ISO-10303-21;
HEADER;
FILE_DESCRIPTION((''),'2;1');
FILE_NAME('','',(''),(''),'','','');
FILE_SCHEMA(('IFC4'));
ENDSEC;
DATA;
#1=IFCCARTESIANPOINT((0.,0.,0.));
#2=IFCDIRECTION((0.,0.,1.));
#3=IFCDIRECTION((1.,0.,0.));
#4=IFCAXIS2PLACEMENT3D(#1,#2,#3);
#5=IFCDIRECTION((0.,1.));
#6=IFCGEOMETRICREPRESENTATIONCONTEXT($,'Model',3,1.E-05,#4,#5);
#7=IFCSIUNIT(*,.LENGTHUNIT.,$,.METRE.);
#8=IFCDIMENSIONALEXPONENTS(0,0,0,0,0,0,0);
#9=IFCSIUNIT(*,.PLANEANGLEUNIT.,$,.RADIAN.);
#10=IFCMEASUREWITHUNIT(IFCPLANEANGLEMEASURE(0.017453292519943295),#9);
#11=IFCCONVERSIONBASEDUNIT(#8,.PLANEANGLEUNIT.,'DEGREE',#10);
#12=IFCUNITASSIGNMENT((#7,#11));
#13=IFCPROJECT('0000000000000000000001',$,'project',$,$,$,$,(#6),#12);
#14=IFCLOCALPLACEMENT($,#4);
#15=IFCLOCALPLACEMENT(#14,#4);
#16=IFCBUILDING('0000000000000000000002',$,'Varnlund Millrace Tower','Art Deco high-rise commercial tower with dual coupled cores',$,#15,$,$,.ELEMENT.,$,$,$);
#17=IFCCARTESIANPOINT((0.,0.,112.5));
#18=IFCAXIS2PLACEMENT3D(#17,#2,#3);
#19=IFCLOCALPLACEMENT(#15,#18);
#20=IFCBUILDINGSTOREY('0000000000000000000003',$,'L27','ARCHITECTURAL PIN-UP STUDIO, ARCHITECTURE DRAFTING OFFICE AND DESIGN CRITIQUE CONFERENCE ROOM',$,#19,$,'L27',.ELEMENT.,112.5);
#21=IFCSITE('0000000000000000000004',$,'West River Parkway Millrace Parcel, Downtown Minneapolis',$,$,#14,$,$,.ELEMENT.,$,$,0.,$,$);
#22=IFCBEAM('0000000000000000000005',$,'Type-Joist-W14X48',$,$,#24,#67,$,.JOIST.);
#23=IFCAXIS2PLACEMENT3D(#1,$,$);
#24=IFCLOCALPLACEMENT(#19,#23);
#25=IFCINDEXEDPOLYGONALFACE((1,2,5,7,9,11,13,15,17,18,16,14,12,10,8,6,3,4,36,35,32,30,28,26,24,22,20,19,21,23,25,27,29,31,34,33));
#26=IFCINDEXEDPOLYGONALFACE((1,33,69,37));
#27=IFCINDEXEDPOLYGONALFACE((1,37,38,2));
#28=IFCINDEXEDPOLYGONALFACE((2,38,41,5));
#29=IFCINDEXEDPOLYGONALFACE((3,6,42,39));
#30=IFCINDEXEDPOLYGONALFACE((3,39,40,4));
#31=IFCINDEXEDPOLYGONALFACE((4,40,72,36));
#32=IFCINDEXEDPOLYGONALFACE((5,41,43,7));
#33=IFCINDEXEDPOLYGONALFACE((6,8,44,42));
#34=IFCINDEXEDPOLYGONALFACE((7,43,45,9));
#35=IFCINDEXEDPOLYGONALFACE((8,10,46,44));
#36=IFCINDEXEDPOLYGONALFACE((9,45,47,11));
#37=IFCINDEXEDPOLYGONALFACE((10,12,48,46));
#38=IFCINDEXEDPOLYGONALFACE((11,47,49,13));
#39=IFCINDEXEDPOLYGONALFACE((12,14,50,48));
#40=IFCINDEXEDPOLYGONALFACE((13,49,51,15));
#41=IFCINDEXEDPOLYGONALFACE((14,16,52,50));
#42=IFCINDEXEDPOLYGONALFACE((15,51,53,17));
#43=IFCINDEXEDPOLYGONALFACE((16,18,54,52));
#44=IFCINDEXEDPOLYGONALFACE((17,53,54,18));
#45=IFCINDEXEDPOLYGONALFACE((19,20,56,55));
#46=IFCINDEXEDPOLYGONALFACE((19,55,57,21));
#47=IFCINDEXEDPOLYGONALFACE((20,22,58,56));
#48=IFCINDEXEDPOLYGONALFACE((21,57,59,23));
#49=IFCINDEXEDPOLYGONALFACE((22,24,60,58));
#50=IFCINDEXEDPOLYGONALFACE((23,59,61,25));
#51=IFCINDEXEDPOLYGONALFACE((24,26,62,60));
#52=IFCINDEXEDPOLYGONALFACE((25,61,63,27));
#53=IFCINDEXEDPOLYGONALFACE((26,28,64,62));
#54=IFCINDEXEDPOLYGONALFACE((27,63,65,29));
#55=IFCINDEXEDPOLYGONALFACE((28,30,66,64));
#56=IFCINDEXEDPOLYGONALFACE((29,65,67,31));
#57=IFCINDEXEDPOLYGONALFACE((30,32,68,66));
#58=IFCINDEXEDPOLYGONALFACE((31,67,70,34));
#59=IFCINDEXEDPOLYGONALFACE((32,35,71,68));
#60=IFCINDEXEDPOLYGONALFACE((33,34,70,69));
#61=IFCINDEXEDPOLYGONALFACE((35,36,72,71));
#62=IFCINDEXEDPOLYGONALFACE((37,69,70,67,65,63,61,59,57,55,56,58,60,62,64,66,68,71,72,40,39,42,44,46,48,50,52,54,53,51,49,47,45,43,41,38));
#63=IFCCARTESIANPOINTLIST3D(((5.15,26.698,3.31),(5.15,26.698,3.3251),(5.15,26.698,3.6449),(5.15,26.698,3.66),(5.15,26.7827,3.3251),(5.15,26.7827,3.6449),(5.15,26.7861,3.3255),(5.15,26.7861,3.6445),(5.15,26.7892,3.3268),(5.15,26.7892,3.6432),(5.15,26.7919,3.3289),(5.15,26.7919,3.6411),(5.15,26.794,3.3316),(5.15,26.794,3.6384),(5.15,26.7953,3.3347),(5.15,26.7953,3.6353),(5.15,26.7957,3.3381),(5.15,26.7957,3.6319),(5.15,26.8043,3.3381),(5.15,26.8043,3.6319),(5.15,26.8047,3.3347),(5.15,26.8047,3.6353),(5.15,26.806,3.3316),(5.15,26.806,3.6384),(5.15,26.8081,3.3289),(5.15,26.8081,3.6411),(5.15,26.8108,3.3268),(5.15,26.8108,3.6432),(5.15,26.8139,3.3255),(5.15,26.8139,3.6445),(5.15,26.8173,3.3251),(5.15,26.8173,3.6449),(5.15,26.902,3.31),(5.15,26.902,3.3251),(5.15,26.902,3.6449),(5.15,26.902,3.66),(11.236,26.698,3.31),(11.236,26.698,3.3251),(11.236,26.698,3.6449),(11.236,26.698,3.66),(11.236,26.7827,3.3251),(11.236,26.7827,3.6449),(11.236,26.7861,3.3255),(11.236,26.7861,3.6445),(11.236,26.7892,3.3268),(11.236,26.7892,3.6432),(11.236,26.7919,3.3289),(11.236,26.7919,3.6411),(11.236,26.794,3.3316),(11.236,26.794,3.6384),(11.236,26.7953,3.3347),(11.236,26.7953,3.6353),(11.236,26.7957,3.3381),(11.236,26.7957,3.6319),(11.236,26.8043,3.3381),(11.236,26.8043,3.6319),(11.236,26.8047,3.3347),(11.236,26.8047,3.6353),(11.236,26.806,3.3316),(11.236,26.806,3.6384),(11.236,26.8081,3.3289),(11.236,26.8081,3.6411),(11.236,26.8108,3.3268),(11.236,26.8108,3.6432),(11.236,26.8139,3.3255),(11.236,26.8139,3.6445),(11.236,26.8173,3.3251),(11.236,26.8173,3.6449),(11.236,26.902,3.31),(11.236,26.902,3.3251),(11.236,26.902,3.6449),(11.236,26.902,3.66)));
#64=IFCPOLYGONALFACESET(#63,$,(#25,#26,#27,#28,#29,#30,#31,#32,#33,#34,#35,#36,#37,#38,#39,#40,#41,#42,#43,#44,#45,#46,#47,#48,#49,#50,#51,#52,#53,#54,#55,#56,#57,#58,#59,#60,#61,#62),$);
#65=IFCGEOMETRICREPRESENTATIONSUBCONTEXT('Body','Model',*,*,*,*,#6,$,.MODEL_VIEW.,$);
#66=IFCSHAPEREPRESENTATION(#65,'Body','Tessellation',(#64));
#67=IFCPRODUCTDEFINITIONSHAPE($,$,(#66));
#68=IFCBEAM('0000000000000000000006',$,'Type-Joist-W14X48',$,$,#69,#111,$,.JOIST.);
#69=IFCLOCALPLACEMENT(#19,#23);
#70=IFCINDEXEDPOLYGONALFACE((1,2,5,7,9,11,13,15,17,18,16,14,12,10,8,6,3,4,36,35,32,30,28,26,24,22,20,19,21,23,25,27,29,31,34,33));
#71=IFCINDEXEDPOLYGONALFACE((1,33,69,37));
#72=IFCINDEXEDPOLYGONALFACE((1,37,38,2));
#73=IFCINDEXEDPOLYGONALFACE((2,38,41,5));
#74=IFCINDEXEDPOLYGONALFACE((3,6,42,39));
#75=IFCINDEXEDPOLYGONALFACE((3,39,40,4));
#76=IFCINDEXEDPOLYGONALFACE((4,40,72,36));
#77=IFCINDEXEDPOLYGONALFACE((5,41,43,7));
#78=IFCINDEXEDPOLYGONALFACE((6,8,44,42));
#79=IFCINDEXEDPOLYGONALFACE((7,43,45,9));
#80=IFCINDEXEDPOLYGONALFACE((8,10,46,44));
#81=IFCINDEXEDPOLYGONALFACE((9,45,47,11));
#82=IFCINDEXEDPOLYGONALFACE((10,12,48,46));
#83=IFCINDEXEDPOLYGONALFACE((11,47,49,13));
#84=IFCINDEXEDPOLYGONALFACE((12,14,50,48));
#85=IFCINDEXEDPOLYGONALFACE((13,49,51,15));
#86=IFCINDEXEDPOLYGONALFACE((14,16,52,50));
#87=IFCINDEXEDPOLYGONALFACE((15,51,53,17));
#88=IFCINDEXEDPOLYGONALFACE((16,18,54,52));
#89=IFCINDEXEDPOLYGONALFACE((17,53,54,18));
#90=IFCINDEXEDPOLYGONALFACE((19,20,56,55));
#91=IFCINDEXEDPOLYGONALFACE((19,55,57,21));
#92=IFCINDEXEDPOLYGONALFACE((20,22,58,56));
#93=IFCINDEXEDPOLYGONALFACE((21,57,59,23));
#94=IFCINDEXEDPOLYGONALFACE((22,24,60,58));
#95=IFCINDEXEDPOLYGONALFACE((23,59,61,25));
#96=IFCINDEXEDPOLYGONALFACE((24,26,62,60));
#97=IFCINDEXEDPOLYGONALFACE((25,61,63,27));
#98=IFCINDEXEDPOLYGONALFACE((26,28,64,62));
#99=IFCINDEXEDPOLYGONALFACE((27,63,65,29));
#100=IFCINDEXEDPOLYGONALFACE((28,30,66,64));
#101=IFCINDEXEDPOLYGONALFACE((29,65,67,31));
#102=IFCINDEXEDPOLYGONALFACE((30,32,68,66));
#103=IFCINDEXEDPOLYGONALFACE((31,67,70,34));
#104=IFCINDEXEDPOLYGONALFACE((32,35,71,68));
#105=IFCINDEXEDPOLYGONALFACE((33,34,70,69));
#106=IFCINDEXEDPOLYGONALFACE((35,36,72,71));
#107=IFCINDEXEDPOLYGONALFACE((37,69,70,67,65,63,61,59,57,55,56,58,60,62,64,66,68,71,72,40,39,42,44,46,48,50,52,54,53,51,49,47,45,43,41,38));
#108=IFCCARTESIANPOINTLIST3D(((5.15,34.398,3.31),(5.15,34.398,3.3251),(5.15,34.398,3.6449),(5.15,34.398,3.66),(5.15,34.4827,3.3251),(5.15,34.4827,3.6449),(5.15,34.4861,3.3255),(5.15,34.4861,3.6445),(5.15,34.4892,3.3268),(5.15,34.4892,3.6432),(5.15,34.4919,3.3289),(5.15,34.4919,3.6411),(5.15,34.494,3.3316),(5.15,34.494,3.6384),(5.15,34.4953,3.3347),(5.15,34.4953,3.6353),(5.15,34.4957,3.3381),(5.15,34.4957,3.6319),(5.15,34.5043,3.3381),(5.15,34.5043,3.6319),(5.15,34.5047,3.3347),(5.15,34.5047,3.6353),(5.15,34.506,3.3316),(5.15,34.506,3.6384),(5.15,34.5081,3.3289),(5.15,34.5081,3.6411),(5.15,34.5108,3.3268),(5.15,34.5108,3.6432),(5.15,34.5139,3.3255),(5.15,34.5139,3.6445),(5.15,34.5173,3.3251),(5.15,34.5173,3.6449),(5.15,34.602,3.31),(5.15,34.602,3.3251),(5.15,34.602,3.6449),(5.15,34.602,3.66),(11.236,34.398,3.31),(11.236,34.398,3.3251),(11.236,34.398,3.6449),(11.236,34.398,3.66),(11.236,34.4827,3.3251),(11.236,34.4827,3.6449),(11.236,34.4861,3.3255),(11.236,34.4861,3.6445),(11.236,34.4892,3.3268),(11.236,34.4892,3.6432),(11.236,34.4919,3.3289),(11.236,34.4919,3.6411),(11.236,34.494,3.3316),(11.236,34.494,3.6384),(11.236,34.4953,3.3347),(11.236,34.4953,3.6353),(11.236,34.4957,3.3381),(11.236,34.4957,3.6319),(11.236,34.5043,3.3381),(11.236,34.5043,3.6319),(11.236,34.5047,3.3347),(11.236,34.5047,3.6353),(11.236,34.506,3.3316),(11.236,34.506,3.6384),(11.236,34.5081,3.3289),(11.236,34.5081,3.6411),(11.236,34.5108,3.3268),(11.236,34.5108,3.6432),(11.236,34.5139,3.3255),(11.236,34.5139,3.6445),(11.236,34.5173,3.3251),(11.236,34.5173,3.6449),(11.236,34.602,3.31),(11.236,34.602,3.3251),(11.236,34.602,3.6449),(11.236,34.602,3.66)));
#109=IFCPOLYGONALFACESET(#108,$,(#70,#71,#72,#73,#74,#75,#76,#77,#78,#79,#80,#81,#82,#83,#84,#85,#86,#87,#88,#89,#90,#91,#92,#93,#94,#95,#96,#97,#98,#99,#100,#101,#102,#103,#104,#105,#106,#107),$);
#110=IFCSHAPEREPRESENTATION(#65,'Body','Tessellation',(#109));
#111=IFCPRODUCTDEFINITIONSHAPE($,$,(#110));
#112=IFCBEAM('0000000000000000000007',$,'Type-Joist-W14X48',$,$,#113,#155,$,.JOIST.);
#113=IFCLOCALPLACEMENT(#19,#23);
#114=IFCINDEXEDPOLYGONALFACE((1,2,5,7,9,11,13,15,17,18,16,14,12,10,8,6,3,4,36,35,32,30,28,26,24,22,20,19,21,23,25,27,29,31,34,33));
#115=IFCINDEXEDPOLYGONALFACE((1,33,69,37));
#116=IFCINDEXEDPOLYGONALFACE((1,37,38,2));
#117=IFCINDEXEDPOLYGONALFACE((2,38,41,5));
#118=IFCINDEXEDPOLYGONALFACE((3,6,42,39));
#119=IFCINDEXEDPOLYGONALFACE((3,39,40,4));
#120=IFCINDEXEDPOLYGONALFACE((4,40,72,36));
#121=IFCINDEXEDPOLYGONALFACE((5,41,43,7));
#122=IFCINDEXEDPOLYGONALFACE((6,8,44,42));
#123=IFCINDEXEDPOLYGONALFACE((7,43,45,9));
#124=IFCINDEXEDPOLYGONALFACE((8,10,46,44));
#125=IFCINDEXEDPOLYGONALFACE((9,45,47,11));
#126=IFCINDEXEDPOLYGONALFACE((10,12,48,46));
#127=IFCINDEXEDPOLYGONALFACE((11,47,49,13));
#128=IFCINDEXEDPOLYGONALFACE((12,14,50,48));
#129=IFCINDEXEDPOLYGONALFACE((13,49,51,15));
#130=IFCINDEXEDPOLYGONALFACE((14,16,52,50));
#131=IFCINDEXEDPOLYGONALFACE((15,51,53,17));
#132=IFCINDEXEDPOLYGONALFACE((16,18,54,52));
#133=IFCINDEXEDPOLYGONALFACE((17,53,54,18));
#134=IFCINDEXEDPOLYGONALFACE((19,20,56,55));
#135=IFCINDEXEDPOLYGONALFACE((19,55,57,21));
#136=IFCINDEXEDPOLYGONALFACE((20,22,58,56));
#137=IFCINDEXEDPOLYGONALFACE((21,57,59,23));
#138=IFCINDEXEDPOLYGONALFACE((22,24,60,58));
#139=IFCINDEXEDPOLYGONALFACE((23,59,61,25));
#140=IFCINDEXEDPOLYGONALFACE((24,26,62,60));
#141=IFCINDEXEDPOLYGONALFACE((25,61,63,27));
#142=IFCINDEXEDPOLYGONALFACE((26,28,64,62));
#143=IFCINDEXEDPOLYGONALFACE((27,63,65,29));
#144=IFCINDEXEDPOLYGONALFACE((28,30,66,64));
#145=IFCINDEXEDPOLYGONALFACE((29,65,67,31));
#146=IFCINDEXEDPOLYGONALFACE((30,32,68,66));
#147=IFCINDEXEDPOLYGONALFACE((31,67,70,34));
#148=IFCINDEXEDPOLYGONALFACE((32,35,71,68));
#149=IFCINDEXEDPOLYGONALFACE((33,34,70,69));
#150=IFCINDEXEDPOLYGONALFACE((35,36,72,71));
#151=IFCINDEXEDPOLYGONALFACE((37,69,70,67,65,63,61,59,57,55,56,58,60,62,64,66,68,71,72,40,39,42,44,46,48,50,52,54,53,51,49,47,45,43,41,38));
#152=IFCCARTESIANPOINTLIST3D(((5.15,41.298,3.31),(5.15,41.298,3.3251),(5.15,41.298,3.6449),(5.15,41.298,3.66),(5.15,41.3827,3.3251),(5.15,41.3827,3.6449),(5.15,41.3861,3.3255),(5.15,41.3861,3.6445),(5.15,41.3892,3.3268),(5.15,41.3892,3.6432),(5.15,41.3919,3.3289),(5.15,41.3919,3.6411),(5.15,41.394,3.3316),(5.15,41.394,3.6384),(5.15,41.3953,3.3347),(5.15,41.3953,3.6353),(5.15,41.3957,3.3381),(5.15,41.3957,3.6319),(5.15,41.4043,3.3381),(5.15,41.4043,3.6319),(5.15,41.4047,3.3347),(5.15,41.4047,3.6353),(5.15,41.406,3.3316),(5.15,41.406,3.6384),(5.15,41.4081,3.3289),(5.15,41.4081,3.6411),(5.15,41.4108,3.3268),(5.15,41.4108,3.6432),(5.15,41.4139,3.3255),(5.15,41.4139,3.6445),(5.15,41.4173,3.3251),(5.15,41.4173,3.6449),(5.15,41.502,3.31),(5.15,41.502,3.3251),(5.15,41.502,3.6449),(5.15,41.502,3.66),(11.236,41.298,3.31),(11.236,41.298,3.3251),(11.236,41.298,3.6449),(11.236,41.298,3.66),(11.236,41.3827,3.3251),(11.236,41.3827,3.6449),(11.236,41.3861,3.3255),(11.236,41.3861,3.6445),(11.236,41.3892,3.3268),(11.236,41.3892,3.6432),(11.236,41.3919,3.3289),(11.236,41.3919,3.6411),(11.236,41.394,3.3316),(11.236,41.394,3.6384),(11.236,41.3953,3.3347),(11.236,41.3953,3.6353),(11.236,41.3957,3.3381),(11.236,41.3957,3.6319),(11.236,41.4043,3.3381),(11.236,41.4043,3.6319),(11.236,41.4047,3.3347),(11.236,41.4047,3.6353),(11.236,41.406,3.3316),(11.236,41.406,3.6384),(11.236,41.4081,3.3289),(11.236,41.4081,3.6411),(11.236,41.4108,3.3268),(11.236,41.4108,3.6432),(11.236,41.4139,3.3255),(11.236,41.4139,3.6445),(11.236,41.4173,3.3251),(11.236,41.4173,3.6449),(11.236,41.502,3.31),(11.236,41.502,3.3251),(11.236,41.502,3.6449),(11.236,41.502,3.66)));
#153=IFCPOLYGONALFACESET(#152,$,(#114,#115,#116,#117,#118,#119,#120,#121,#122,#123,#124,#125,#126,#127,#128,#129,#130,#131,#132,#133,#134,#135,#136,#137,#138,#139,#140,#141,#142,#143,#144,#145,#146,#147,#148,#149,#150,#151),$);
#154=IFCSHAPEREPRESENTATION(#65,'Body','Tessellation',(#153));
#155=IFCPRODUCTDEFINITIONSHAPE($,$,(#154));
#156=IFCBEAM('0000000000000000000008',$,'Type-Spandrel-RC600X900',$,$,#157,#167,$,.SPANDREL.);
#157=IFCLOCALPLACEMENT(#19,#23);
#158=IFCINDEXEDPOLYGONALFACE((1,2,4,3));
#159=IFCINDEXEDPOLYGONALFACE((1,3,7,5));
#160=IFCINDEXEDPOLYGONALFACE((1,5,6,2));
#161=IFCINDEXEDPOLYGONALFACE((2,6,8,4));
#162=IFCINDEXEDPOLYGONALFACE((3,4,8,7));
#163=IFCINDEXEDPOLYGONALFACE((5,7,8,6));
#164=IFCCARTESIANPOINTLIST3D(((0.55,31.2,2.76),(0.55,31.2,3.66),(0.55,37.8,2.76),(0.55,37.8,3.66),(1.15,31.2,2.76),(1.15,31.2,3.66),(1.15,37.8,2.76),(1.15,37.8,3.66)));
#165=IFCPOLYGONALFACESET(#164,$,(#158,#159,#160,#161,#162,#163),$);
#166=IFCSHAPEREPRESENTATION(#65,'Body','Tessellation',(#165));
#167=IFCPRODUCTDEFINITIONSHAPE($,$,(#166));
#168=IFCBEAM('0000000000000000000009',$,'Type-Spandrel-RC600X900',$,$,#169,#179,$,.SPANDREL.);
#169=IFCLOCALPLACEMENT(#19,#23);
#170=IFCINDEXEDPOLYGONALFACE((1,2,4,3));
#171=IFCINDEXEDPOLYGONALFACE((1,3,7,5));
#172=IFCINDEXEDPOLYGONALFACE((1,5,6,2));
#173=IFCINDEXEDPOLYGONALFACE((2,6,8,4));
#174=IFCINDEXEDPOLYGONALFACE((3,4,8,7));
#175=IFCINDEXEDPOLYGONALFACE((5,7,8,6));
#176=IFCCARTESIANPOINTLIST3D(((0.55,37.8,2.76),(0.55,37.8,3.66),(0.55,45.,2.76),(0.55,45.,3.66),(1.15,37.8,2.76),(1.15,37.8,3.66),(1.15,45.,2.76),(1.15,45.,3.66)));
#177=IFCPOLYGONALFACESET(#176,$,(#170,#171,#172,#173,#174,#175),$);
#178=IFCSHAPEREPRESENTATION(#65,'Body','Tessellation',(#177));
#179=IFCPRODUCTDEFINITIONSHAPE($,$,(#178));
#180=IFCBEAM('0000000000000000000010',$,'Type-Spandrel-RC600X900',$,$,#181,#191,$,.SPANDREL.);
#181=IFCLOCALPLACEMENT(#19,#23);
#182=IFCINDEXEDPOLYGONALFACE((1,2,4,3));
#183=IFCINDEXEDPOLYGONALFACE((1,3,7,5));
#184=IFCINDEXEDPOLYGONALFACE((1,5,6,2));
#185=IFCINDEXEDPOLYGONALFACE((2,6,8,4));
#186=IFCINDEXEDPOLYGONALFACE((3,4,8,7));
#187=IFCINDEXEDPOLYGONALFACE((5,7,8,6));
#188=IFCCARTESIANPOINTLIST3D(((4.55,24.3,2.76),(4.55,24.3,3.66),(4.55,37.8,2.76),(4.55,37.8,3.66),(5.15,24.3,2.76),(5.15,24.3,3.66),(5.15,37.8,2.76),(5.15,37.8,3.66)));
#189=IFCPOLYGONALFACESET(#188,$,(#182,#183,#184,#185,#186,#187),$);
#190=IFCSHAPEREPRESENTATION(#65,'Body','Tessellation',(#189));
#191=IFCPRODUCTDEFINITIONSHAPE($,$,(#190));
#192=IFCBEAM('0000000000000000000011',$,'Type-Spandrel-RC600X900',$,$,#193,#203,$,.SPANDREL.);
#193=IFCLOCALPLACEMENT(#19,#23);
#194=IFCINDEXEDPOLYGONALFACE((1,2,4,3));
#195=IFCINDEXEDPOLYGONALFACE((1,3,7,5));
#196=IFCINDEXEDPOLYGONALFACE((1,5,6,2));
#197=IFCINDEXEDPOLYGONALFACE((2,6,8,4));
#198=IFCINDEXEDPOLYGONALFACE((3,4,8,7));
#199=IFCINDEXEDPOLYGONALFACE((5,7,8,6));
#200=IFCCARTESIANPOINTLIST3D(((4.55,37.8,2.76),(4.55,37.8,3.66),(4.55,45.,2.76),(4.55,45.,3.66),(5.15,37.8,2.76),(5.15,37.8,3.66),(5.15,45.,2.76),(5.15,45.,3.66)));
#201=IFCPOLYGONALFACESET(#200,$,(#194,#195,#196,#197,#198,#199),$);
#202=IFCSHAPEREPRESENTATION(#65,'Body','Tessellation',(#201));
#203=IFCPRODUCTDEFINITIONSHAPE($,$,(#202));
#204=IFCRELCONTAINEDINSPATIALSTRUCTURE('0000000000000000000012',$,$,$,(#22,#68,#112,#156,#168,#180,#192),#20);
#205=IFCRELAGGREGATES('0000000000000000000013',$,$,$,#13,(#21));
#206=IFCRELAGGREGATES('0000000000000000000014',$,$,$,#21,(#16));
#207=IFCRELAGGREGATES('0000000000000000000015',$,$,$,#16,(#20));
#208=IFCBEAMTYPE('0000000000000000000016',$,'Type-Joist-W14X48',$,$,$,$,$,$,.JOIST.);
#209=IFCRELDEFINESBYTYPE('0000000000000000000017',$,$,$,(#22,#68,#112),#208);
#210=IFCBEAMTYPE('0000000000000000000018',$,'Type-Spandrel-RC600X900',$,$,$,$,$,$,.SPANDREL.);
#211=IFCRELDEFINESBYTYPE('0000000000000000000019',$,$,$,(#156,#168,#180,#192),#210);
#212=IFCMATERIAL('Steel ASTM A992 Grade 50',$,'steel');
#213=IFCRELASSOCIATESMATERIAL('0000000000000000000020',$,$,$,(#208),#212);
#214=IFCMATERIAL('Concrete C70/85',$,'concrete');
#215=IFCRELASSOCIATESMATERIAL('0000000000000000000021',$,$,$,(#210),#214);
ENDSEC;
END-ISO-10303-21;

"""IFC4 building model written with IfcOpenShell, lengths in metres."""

from ifc_helpers import new_model, entity, si_unit, converted_unit, direction, frame, origin_with_axes, origin_2d_with_axis, place, context, subcontext, project, spatial, rectangle, i_section, extrude, material, material_profile, profile_set, type_object, element, save


model = new_model("IFC4")

# Units and contexts
model_context = context("Model", 3, precision=1e-05, world=origin_with_axes(), true_north=direction((0.0, 1.0)))
body_context = subcontext(model_context, "Body", "Model", "MODEL_VIEW")
ifc_project = project(units=[si_unit("LENGTHUNIT", "METRE"), converted_unit("PLANEANGLEUNIT", "DEGREE", entity("IfcPlaneAngleMeasure", 0.017453292519943295), si_unit("PLANEANGLEUNIT", "RADIAN"), dimensions=[0, 0, 0, 0, 0, 0, 0])], contexts=[model_context])

# Site, building, storey
site_placement = place(None, origin_with_axes())
site = spatial("IfcSite", under=ifc_project, at=site_placement, Name="West River Parkway Millrace Parcel, Downtown Minneapolis", CompositionType="ELEMENT", RefElevation=0.0)
building_placement = place(site_placement, origin_with_axes())
building = spatial("IfcBuilding", under=site, at=building_placement, Name="Varnlund Millrace Tower", Description="Art Deco high-rise commercial tower with dual coupled cores", CompositionType="ELEMENT")
storey_placement = place(building_placement, frame((0.0, 0.0, 112.5), z_axis=(0.0, 0.0, 1.0), x_axis=(1.0, 0.0, 0.0)))
storey = spatial("IfcBuildingStorey", under=building, at=storey_placement, Name="L27", Description="ARCHITECTURAL PIN-UP STUDIO, ARCHITECTURE DRAFTING OFFICE AND DESIGN CRITIQUE CONFERENCE ROOM", LongName="L27", CompositionType="ELEMENT", Elevation=112.5)

# Beams
ifc_material_1 = material(Name="Steel ASTM A992 Grade 50", Category="steel")
ifc_material_profile_1 = material_profile(ifc_material_1, i_section(OverallWidth=0.204, OverallDepth=0.35, WebThickness=0.0086, FlangeThickness=0.0151, FilletRadius=0.013, at=origin_2d_with_axis()), Name="Steel ASTM A992 Grade 50")
ifc_profile_set_1 = profile_set([ifc_material_profile_1], Name="Steel ASTM A992 Grade 50")
beam_type_1 = type_object("IfcBeamType", Name="Type-Joist-W14X48", PredefinedType="JOIST", material=ifc_profile_set_1)
for number, where, z_axis, x_axis, name in (
    (1, (5.15, 26.8, 3.485), (1.0, 0.0, 0.0), (0.0, 1.0, 0.0), "Type-Joist-W14X48"),
    (2, (5.15, 34.5, 3.485), (1.0, 0.0, 0.0), (0.0, 1.0, 0.0), "Type-Joist-W14X48"),
    (3, (5.15, 41.4, 3.485), (1.0, 0.0, 0.0), (0.0, 1.0, 0.0), "Type-Joist-W14X48"),
):
    element("IfcBeam", number, at=place(storey_placement, frame(where, z_axis=z_axis, x_axis=x_axis)), inside=storey, type_object=beam_type_1, Name=name, PredefinedType="JOIST", context=body_context, shape_type="SweptSolid", body=[
        extrude(i_section(OverallWidth=0.204, OverallDepth=0.35, WebThickness=0.0086, FlangeThickness=0.0151, FilletRadius=0.013, at=origin_2d_with_axis()), origin_with_axes(), (0.0, 0.0, 1.0), 6.086),
    ])
ifc_material_2 = material(Name="Concrete C70/85", Category="concrete")
ifc_material_profile_2 = material_profile(ifc_material_2, rectangle(XDim=0.6, YDim=0.9, at=origin_2d_with_axis()), Name="Concrete C70/85")
ifc_profile_set_2 = profile_set([ifc_material_profile_2], Name="Concrete C70/85")
beam_type_2 = type_object("IfcBeamType", Name="Type-Spandrel-RC600X900", PredefinedType="SPANDREL", material=ifc_profile_set_2)
beam_1_placement = place(storey_placement, frame((0.85, 31.2, 3.21), z_axis=(0.0, 1.0, 0.0), x_axis=(-1.0, 0.0, 0.0)))
element("IfcBeam", 4, at=beam_1_placement, inside=storey, type_object=beam_type_2, Name="Type-Spandrel-RC600X900", PredefinedType="SPANDREL", context=body_context, shape_type="SweptSolid", body=[
    extrude(rectangle(XDim=0.6, YDim=0.9, at=origin_2d_with_axis()), origin_with_axes(), (0.0, 0.0, 1.0), 6.6),
])
beam_2_placement = place(storey_placement, frame((0.85, 37.8, 3.21), z_axis=(0.0, 1.0, 0.0), x_axis=(-1.0, 0.0, 0.0)))
element("IfcBeam", 5, at=beam_2_placement, inside=storey, type_object=beam_type_2, Name="Type-Spandrel-RC600X900", PredefinedType="SPANDREL", context=body_context, shape_type="SweptSolid", body=[
    extrude(rectangle(XDim=0.6, YDim=0.9, at=origin_2d_with_axis()), origin_with_axes(), (0.0, 0.0, 1.0), 7.2),
])
beam_3_placement = place(storey_placement, frame((4.85, 24.3, 3.21), z_axis=(0.0, 1.0, 0.0), x_axis=(-1.0, 0.0, 0.0)))
element("IfcBeam", 6, at=beam_3_placement, inside=storey, type_object=beam_type_2, Name="Type-Spandrel-RC600X900", PredefinedType="SPANDREL", context=body_context, shape_type="SweptSolid", body=[
    extrude(rectangle(XDim=0.6, YDim=0.9, at=origin_2d_with_axis()), origin_with_axes(), (0.0, 0.0, 1.0), 13.5),
])
beam_4_placement = place(storey_placement, frame((4.85, 37.8, 3.21), z_axis=(0.0, 1.0, 0.0), x_axis=(-1.0, 0.0, 0.0)))
element("IfcBeam", 7, at=beam_4_placement, inside=storey, type_object=beam_type_2, Name="Type-Spandrel-RC600X900", PredefinedType="SPANDREL", context=body_context, shape_type="SweptSolid", body=[
    extrude(rectangle(XDim=0.6, YDim=0.9, at=origin_2d_with_axis()), origin_with_axes(), (0.0, 0.0, 1.0), 7.2),
])

save(model, "model.ifc")
